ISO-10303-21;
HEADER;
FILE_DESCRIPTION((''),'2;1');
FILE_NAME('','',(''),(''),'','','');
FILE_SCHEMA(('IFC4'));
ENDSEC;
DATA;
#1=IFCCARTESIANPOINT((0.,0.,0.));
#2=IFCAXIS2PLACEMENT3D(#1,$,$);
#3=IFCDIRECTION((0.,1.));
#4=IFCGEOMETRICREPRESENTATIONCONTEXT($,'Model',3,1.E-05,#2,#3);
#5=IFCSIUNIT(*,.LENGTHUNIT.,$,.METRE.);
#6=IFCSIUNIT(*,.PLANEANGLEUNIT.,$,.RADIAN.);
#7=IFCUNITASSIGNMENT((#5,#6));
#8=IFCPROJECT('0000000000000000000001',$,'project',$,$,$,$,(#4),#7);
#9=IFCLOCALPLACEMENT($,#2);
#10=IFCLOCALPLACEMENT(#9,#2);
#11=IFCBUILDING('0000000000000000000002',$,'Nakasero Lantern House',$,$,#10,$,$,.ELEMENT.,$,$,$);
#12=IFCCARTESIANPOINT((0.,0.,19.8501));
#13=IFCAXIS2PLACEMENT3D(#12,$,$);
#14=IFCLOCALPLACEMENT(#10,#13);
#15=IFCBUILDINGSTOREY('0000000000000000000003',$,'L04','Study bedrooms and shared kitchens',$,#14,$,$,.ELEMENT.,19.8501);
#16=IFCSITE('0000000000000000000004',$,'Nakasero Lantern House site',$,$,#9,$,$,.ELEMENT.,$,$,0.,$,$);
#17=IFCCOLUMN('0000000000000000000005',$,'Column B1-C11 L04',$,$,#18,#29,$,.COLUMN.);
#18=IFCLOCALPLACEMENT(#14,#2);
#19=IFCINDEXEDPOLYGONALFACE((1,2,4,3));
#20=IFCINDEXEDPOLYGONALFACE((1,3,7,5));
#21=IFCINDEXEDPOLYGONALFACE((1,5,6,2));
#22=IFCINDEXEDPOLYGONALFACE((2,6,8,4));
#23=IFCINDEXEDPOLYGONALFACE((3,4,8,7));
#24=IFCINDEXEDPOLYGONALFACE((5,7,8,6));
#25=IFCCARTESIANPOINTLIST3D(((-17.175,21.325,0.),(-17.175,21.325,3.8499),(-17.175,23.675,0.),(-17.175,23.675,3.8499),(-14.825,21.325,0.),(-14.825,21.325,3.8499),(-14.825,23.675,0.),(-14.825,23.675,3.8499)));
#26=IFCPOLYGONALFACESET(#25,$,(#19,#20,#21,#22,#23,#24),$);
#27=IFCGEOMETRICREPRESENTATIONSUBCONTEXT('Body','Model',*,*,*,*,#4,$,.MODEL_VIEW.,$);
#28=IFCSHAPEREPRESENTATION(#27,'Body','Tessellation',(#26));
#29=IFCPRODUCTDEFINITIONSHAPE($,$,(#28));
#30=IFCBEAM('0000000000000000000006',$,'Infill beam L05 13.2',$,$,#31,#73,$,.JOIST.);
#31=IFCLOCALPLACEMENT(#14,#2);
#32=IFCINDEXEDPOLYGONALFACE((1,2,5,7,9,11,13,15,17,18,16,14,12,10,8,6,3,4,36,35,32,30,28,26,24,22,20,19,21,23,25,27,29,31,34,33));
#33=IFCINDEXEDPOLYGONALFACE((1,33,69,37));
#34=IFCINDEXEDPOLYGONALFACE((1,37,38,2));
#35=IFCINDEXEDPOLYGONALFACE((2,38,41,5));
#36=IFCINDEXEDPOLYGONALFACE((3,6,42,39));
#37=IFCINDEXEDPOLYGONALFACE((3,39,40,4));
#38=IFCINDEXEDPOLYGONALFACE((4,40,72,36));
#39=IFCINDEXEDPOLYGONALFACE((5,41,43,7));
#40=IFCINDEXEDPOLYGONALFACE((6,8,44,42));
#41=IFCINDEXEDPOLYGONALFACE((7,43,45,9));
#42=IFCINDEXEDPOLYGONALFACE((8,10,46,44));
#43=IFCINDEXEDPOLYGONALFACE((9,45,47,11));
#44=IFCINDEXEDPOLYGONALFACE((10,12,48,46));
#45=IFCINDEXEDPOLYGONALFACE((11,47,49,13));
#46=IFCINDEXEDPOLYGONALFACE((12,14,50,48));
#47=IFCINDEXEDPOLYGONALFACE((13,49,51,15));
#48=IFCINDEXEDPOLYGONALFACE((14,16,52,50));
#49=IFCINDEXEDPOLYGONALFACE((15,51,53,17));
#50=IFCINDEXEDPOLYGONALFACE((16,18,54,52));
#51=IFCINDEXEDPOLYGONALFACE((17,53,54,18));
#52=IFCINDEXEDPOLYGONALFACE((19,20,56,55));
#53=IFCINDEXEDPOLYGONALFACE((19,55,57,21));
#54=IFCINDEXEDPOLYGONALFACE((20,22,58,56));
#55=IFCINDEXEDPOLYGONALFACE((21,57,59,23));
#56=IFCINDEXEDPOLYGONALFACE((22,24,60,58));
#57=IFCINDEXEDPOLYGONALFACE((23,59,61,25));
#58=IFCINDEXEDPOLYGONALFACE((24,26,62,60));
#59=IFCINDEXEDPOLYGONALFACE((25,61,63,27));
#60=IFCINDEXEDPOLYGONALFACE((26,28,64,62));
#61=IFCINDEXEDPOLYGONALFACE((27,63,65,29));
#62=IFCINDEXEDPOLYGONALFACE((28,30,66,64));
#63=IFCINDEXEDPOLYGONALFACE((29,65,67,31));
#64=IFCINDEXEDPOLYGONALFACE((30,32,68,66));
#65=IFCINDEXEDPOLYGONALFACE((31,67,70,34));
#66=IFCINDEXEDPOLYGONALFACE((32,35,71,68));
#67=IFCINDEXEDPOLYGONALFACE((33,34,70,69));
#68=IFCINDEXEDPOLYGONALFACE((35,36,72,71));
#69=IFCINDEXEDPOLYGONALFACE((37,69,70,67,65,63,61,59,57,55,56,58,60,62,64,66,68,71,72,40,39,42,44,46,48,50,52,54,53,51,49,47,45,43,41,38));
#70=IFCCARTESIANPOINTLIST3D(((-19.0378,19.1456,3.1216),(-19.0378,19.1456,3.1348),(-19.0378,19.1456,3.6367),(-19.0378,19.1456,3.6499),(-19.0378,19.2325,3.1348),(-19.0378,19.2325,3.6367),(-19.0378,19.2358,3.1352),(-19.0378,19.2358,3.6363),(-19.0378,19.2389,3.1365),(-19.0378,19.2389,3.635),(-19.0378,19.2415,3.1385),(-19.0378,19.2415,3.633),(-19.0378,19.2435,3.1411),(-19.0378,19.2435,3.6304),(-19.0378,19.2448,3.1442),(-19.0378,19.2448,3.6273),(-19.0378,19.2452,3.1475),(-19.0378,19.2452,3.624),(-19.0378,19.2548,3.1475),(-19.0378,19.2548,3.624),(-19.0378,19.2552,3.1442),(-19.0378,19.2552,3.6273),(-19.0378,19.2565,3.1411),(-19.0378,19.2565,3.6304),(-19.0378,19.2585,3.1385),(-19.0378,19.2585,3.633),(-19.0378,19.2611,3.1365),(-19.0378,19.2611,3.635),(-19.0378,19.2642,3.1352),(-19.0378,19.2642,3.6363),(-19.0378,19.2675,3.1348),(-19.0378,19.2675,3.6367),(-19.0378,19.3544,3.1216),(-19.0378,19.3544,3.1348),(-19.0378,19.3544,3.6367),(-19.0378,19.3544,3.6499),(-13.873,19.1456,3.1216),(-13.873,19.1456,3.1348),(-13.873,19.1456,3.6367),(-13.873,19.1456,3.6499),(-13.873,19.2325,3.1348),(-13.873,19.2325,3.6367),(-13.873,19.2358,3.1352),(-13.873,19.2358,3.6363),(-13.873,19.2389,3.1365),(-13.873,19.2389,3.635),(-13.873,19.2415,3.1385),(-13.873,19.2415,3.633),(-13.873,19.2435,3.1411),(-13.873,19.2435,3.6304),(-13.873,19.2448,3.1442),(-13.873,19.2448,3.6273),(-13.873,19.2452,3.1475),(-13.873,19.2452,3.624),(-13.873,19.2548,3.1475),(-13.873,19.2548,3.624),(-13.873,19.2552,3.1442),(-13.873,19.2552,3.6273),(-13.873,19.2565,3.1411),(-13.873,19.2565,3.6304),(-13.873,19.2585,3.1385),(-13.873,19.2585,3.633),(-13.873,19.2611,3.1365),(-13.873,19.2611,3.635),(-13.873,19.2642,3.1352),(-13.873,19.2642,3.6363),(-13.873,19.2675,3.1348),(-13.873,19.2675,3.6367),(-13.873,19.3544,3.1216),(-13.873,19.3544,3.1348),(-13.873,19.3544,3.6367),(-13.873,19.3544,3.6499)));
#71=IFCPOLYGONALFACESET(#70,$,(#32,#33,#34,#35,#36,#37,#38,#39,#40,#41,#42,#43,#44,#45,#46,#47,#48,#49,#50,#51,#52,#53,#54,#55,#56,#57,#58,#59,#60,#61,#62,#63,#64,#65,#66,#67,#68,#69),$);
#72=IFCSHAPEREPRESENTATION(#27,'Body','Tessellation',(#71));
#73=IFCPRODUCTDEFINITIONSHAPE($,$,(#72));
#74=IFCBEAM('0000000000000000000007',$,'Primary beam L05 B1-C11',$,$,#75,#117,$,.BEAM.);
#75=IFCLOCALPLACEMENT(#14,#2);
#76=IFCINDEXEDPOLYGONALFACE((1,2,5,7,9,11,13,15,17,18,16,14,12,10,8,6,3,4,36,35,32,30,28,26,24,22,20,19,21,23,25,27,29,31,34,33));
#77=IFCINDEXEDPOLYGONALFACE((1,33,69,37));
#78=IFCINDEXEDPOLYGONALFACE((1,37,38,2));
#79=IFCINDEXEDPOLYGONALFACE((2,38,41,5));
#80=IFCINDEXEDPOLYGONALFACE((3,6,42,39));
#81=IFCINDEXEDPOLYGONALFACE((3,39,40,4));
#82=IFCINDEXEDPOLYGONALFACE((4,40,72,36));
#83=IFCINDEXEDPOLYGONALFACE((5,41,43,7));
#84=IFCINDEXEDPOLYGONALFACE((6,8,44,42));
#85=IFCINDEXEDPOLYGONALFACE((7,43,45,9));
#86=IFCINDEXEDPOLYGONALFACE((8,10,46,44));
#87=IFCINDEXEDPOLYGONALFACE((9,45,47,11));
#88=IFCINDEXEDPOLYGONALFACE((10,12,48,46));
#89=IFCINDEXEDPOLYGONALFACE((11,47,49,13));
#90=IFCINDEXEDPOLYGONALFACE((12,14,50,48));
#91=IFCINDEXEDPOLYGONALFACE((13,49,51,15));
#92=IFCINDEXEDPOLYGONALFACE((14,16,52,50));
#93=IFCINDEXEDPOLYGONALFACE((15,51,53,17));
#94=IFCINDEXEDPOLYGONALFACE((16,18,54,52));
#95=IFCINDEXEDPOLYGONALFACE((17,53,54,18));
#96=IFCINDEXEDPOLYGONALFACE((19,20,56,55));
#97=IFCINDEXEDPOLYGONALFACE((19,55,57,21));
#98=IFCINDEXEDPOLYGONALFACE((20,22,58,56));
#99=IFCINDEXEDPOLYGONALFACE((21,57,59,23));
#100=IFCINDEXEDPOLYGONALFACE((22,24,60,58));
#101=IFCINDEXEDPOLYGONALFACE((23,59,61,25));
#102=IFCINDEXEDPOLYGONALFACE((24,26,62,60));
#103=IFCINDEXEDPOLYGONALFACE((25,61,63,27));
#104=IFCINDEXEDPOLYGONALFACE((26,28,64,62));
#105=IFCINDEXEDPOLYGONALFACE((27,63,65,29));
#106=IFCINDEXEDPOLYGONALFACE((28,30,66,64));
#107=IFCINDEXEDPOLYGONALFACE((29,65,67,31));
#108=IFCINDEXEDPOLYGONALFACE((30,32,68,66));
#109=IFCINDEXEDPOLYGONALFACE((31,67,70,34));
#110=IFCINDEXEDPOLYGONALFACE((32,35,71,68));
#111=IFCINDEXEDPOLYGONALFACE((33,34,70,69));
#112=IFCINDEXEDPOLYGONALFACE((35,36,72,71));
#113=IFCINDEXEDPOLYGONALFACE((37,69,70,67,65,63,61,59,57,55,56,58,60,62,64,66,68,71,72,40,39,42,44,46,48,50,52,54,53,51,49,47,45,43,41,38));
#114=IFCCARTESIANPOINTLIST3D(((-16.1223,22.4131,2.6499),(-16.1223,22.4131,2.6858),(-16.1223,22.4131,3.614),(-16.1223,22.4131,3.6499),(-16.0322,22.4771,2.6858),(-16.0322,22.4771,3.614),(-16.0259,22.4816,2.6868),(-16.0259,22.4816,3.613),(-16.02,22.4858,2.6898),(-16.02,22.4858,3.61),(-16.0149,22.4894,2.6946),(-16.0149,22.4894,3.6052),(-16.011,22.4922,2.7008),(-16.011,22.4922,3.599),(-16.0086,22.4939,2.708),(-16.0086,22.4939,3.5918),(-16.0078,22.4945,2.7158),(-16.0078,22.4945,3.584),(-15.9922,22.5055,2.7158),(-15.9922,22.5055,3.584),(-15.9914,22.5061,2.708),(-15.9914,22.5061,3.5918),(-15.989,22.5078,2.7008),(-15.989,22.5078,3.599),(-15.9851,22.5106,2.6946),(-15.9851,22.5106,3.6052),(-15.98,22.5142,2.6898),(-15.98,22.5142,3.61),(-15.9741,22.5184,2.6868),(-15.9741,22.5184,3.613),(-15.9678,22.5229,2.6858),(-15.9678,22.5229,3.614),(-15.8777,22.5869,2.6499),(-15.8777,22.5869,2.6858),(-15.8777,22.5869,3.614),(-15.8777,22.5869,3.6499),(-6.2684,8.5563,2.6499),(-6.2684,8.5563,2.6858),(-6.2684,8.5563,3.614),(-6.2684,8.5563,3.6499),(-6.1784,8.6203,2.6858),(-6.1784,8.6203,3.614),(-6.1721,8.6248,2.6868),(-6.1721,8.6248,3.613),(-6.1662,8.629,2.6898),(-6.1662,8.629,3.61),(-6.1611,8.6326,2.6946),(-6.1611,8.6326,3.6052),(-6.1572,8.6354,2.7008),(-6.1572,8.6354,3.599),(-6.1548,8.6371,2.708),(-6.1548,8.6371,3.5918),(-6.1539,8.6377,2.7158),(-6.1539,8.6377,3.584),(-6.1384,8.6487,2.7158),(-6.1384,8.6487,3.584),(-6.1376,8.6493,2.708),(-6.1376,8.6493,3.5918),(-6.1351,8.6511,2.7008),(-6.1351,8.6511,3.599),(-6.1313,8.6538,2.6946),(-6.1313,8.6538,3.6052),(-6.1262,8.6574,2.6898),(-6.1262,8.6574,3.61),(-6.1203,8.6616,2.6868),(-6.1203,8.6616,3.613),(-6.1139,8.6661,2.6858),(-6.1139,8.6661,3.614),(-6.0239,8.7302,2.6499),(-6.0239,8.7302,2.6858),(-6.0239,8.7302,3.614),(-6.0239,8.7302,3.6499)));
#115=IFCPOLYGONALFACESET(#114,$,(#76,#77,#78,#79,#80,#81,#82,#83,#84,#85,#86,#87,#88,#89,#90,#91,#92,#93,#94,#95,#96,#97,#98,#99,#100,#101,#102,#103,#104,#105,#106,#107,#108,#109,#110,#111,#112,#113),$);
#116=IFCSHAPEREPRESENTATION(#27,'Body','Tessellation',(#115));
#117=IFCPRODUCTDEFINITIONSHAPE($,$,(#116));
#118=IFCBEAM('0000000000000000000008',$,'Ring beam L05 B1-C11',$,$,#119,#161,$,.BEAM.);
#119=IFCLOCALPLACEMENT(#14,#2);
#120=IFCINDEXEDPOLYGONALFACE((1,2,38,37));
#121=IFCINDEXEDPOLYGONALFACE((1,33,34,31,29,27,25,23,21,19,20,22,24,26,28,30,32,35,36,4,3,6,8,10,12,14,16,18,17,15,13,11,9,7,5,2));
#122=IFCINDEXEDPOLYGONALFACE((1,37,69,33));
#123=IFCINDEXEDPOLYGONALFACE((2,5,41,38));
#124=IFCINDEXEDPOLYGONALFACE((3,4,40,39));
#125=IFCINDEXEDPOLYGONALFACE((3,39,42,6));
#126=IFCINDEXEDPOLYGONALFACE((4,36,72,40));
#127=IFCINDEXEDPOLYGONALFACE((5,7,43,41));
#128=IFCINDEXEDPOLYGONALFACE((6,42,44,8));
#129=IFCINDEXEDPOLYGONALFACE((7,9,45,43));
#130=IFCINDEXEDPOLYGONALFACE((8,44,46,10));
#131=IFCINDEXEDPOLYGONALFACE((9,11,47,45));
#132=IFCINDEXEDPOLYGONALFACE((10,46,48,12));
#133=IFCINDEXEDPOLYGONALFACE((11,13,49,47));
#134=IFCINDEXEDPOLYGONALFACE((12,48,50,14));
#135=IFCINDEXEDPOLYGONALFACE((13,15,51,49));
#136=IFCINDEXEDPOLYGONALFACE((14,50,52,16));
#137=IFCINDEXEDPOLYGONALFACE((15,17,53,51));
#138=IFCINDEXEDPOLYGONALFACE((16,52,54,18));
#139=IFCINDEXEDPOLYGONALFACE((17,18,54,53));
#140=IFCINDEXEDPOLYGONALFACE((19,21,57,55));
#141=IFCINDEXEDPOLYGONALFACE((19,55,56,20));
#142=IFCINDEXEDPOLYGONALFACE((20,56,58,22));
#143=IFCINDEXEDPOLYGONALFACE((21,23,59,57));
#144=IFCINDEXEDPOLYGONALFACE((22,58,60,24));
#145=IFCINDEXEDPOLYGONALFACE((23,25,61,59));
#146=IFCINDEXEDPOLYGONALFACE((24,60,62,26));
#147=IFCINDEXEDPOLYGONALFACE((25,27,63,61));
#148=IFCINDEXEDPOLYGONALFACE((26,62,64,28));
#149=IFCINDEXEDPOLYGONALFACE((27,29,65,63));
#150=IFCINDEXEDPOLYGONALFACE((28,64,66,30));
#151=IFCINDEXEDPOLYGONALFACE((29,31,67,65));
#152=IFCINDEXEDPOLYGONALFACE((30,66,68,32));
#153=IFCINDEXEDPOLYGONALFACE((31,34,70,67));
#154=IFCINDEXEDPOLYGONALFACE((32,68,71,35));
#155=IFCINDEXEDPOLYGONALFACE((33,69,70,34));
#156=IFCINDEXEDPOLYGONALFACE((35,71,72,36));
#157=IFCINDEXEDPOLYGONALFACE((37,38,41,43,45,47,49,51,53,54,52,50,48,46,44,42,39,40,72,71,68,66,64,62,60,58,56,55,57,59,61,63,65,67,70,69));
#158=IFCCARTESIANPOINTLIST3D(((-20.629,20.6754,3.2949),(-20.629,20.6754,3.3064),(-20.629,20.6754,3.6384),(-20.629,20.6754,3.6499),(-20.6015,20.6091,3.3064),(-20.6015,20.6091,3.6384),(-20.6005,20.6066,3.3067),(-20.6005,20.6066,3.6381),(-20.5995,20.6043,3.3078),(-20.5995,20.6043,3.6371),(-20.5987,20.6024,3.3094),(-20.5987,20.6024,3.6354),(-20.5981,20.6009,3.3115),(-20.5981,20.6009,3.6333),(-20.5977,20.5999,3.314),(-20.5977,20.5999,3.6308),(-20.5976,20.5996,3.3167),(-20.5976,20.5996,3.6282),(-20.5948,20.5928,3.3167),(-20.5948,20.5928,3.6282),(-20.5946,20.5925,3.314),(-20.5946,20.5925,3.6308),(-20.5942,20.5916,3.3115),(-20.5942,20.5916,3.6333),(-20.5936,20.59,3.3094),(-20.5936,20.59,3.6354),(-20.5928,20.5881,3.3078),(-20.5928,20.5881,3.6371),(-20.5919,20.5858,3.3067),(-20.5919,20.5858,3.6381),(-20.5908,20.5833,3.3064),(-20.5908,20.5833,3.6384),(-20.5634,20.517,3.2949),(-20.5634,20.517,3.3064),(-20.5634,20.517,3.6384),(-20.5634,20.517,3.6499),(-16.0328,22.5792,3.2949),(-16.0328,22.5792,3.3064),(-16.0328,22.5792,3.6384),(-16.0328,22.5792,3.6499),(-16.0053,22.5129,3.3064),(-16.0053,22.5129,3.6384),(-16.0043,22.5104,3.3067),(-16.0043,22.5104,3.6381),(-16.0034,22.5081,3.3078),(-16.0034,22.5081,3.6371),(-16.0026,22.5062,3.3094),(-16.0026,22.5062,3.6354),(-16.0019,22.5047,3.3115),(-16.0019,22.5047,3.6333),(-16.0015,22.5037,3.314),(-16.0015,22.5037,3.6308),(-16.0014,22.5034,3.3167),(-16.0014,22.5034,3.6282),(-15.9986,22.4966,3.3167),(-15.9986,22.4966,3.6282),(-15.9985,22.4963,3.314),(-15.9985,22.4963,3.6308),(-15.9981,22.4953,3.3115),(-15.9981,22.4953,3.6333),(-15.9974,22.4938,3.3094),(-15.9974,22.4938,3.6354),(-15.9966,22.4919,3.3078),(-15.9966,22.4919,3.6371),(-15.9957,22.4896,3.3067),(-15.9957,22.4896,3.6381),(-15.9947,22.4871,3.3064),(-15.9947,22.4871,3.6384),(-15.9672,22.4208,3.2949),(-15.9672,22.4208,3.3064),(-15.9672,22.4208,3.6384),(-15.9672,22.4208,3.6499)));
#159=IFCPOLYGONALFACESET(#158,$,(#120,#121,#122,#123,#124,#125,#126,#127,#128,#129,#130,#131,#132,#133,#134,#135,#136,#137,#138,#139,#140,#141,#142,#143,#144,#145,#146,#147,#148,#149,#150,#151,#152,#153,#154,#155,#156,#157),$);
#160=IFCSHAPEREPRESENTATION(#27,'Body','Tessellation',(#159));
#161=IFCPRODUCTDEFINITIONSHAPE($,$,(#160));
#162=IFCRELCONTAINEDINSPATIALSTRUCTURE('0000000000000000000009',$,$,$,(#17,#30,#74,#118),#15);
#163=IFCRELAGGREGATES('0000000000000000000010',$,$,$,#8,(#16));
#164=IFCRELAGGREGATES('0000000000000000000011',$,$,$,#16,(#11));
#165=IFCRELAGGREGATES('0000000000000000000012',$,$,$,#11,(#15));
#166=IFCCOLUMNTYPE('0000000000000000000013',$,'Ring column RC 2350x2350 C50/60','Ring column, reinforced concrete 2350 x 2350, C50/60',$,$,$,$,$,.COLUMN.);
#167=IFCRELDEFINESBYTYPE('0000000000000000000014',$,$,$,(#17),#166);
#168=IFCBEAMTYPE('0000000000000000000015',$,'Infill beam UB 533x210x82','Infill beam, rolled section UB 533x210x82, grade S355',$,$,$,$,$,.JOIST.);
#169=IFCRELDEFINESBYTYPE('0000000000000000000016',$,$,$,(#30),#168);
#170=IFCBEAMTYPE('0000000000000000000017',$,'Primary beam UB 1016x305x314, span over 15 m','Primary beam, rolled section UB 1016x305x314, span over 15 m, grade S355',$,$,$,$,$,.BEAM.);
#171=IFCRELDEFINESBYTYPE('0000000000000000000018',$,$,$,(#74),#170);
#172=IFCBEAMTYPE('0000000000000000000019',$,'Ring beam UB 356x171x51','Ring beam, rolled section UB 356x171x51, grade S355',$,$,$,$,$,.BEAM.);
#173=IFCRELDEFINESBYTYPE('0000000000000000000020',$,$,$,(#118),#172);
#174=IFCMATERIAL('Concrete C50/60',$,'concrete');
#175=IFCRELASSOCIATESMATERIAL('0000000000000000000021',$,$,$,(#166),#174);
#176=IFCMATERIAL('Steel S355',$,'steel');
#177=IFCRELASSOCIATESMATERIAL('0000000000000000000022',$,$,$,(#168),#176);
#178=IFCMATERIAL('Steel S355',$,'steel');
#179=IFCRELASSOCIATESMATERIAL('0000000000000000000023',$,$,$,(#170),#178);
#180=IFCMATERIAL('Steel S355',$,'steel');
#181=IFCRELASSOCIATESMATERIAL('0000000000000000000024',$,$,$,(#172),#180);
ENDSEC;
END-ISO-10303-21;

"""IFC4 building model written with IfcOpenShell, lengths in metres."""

from ifc_helpers import new_model, si_unit, direction, frame, origin, origin_2d, place, context, subcontext, project, spatial, rectangle, i_section, extrude, material, material_profile, profile_set, type_object, element, save


model = new_model("IFC4")

# Units and contexts
model_context = context("Model", 3, precision=1e-05, world=origin(), true_north=direction((0.0, 1.0)))
body_context = subcontext(model_context, "Body", "Model", "MODEL_VIEW")
ifc_project = project(units=[si_unit("LENGTHUNIT", "METRE"), si_unit("PLANEANGLEUNIT", "RADIAN")], contexts=[model_context])

# Site, building, storey
site_placement = place(None, origin())
site = spatial("IfcSite", under=ifc_project, at=site_placement, Name="Nakasero Lantern House site", CompositionType="ELEMENT", RefElevation=0.0)
building_placement = place(site_placement, origin())
building = spatial("IfcBuilding", under=site, at=building_placement, Name="Nakasero Lantern House", CompositionType="ELEMENT")
storey_placement = place(building_placement, frame((0.0, 0.0, 19.8501)))
storey = spatial("IfcBuildingStorey", under=building, at=storey_placement, Name="L04", Description="Study bedrooms and shared kitchens", CompositionType="ELEMENT", Elevation=19.8501)

# Column
ifc_material_1 = material(Name="Concrete C50/60", Category="concrete")
ifc_material_profile_1 = material_profile(ifc_material_1, rectangle(XDim=2.3501, YDim=2.3501, at=origin_2d()), Name="RC 2350x2350")
ifc_profile_set_1 = profile_set([ifc_material_profile_1], Name="Concrete C50/60")
column_type = type_object("IfcColumnType", Name="Ring column RC 2350x2350 C50/60", Description="Ring column, reinforced concrete 2350 x 2350, C50/60", PredefinedType="COLUMN", material=ifc_profile_set_1)
column_placement = place(storey_placement, frame((-16.0, 22.5, 0.0), z_axis=(0.0, 0.0, 1.0), x_axis=(1.0, 0.0, 0.0)))
element("IfcColumn", 1, at=column_placement, inside=storey, type_object=column_type, Name="Column B1-C11 L04", PredefinedType="COLUMN", context=body_context, shape_type="SweptSolid", body=[
    extrude(rectangle(XDim=2.3501, YDim=2.3501, at=origin_2d()), origin(), (0.0, 0.0, 1.0), 3.8499),
])

# Beams
ifc_material_2 = material(Name="Steel S355", Category="steel")
ifc_material_profile_2 = material_profile(ifc_material_2, i_section(OverallWidth=0.2087, OverallDepth=0.5283, WebThickness=0.0095, FlangeThickness=0.0132, FilletRadius=0.0127, at=origin_2d()), Name="UB 533x210x82")
ifc_profile_set_2 = profile_set([ifc_material_profile_2], Name="Steel S355")
beam_type_1 = type_object("IfcBeamType", Name="Infill beam UB 533x210x82", Description="Infill beam, rolled section UB 533x210x82, grade S355", PredefinedType="JOIST", material=ifc_profile_set_2)
beam_1_placement = place(storey_placement, frame((-19.0378, 19.25, 3.3857), z_axis=(1.0, 0.0, 0.0), x_axis=(0.0, 1.0, 0.0)))
element("IfcBeam", 2, at=beam_1_placement, inside=storey, type_object=beam_type_1, Name="Infill beam L05 13.2", PredefinedType="JOIST", context=body_context, shape_type="SweptSolid", body=[
    extrude(i_section(OverallWidth=0.2087, OverallDepth=0.5283, WebThickness=0.0095, FlangeThickness=0.0132, FilletRadius=0.0127, at=origin_2d()), origin(), (0.0, 0.0, 1.0), 5.1648),
])
ifc_material_3 = material(Name="Steel S355", Category="steel")
ifc_material_profile_3 = material_profile(ifc_material_3, i_section(OverallWidth=0.3, OverallDepth=1.0, WebThickness=0.019, FlangeThickness=0.0359, FilletRadius=0.03, at=origin_2d()), Name="UB 1016x305x314")
ifc_profile_set_3 = profile_set([ifc_material_profile_3], Name="Steel S355")
beam_type_2 = type_object("IfcBeamType", Name="Primary beam UB 1016x305x314, span over 15 m", Description="Primary beam, rolled section UB 1016x305x314, span over 15 m, grade S355", PredefinedType="BEAM", material=ifc_profile_set_3)
beam_2_placement = place(storey_placement, frame((-16.0, 22.5, 3.1499), z_axis=(0.579528, -0.814952, 0.0), x_axis=(0.814952, 0.579528, 0.0)))
element("IfcBeam", 3, at=beam_2_placement, inside=storey, type_object=beam_type_2, Name="Primary beam L05 B1-C11", PredefinedType="BEAM", context=body_context, shape_type="SweptSolid", body=[
    extrude(i_section(OverallWidth=0.3, OverallDepth=1.0, WebThickness=0.019, FlangeThickness=0.0359, FilletRadius=0.03, at=origin_2d()), origin(), (0.0, 0.0, 1.0), 17.0032),
])
ifc_material_4 = material(Name="Steel S355", Category="steel")
ifc_material_profile_4 = material_profile(ifc_material_4, i_section(OverallWidth=0.1714, OverallDepth=0.355, WebThickness=0.0073, FlangeThickness=0.0115, FilletRadius=0.0103, at=origin_2d()), Name="UB 356x171x51")
ifc_profile_set_4 = profile_set([ifc_material_profile_4], Name="Steel S355")
beam_type_3 = type_object("IfcBeamType", Name="Ring beam UB 356x171x51", Description="Ring beam, rolled section UB 356x171x51, grade S355", PredefinedType="BEAM", material=ifc_profile_set_4)
for number, where, z_axis, x_axis, name in (
    (4, (-16.0, 22.5, 3.4724), (-0.923879, -0.382684, 0.0), (0.382684, -0.923879, 0.0), "Ring beam L05 B1-C11"),
):
    element("IfcBeam", number, at=place(storey_placement, frame(where, z_axis=z_axis, x_axis=x_axis)), inside=storey, type_object=beam_type_3, Name=name, PredefinedType="BEAM", context=body_context, shape_type="SweptSolid", body=[
        extrude(i_section(OverallWidth=0.1714, OverallDepth=0.355, WebThickness=0.0073, FlangeThickness=0.0115, FilletRadius=0.0103, at=origin_2d()), origin(), (0.0, 0.0, 1.0), 4.9749),
    ])

save(model, "model.ifc")
